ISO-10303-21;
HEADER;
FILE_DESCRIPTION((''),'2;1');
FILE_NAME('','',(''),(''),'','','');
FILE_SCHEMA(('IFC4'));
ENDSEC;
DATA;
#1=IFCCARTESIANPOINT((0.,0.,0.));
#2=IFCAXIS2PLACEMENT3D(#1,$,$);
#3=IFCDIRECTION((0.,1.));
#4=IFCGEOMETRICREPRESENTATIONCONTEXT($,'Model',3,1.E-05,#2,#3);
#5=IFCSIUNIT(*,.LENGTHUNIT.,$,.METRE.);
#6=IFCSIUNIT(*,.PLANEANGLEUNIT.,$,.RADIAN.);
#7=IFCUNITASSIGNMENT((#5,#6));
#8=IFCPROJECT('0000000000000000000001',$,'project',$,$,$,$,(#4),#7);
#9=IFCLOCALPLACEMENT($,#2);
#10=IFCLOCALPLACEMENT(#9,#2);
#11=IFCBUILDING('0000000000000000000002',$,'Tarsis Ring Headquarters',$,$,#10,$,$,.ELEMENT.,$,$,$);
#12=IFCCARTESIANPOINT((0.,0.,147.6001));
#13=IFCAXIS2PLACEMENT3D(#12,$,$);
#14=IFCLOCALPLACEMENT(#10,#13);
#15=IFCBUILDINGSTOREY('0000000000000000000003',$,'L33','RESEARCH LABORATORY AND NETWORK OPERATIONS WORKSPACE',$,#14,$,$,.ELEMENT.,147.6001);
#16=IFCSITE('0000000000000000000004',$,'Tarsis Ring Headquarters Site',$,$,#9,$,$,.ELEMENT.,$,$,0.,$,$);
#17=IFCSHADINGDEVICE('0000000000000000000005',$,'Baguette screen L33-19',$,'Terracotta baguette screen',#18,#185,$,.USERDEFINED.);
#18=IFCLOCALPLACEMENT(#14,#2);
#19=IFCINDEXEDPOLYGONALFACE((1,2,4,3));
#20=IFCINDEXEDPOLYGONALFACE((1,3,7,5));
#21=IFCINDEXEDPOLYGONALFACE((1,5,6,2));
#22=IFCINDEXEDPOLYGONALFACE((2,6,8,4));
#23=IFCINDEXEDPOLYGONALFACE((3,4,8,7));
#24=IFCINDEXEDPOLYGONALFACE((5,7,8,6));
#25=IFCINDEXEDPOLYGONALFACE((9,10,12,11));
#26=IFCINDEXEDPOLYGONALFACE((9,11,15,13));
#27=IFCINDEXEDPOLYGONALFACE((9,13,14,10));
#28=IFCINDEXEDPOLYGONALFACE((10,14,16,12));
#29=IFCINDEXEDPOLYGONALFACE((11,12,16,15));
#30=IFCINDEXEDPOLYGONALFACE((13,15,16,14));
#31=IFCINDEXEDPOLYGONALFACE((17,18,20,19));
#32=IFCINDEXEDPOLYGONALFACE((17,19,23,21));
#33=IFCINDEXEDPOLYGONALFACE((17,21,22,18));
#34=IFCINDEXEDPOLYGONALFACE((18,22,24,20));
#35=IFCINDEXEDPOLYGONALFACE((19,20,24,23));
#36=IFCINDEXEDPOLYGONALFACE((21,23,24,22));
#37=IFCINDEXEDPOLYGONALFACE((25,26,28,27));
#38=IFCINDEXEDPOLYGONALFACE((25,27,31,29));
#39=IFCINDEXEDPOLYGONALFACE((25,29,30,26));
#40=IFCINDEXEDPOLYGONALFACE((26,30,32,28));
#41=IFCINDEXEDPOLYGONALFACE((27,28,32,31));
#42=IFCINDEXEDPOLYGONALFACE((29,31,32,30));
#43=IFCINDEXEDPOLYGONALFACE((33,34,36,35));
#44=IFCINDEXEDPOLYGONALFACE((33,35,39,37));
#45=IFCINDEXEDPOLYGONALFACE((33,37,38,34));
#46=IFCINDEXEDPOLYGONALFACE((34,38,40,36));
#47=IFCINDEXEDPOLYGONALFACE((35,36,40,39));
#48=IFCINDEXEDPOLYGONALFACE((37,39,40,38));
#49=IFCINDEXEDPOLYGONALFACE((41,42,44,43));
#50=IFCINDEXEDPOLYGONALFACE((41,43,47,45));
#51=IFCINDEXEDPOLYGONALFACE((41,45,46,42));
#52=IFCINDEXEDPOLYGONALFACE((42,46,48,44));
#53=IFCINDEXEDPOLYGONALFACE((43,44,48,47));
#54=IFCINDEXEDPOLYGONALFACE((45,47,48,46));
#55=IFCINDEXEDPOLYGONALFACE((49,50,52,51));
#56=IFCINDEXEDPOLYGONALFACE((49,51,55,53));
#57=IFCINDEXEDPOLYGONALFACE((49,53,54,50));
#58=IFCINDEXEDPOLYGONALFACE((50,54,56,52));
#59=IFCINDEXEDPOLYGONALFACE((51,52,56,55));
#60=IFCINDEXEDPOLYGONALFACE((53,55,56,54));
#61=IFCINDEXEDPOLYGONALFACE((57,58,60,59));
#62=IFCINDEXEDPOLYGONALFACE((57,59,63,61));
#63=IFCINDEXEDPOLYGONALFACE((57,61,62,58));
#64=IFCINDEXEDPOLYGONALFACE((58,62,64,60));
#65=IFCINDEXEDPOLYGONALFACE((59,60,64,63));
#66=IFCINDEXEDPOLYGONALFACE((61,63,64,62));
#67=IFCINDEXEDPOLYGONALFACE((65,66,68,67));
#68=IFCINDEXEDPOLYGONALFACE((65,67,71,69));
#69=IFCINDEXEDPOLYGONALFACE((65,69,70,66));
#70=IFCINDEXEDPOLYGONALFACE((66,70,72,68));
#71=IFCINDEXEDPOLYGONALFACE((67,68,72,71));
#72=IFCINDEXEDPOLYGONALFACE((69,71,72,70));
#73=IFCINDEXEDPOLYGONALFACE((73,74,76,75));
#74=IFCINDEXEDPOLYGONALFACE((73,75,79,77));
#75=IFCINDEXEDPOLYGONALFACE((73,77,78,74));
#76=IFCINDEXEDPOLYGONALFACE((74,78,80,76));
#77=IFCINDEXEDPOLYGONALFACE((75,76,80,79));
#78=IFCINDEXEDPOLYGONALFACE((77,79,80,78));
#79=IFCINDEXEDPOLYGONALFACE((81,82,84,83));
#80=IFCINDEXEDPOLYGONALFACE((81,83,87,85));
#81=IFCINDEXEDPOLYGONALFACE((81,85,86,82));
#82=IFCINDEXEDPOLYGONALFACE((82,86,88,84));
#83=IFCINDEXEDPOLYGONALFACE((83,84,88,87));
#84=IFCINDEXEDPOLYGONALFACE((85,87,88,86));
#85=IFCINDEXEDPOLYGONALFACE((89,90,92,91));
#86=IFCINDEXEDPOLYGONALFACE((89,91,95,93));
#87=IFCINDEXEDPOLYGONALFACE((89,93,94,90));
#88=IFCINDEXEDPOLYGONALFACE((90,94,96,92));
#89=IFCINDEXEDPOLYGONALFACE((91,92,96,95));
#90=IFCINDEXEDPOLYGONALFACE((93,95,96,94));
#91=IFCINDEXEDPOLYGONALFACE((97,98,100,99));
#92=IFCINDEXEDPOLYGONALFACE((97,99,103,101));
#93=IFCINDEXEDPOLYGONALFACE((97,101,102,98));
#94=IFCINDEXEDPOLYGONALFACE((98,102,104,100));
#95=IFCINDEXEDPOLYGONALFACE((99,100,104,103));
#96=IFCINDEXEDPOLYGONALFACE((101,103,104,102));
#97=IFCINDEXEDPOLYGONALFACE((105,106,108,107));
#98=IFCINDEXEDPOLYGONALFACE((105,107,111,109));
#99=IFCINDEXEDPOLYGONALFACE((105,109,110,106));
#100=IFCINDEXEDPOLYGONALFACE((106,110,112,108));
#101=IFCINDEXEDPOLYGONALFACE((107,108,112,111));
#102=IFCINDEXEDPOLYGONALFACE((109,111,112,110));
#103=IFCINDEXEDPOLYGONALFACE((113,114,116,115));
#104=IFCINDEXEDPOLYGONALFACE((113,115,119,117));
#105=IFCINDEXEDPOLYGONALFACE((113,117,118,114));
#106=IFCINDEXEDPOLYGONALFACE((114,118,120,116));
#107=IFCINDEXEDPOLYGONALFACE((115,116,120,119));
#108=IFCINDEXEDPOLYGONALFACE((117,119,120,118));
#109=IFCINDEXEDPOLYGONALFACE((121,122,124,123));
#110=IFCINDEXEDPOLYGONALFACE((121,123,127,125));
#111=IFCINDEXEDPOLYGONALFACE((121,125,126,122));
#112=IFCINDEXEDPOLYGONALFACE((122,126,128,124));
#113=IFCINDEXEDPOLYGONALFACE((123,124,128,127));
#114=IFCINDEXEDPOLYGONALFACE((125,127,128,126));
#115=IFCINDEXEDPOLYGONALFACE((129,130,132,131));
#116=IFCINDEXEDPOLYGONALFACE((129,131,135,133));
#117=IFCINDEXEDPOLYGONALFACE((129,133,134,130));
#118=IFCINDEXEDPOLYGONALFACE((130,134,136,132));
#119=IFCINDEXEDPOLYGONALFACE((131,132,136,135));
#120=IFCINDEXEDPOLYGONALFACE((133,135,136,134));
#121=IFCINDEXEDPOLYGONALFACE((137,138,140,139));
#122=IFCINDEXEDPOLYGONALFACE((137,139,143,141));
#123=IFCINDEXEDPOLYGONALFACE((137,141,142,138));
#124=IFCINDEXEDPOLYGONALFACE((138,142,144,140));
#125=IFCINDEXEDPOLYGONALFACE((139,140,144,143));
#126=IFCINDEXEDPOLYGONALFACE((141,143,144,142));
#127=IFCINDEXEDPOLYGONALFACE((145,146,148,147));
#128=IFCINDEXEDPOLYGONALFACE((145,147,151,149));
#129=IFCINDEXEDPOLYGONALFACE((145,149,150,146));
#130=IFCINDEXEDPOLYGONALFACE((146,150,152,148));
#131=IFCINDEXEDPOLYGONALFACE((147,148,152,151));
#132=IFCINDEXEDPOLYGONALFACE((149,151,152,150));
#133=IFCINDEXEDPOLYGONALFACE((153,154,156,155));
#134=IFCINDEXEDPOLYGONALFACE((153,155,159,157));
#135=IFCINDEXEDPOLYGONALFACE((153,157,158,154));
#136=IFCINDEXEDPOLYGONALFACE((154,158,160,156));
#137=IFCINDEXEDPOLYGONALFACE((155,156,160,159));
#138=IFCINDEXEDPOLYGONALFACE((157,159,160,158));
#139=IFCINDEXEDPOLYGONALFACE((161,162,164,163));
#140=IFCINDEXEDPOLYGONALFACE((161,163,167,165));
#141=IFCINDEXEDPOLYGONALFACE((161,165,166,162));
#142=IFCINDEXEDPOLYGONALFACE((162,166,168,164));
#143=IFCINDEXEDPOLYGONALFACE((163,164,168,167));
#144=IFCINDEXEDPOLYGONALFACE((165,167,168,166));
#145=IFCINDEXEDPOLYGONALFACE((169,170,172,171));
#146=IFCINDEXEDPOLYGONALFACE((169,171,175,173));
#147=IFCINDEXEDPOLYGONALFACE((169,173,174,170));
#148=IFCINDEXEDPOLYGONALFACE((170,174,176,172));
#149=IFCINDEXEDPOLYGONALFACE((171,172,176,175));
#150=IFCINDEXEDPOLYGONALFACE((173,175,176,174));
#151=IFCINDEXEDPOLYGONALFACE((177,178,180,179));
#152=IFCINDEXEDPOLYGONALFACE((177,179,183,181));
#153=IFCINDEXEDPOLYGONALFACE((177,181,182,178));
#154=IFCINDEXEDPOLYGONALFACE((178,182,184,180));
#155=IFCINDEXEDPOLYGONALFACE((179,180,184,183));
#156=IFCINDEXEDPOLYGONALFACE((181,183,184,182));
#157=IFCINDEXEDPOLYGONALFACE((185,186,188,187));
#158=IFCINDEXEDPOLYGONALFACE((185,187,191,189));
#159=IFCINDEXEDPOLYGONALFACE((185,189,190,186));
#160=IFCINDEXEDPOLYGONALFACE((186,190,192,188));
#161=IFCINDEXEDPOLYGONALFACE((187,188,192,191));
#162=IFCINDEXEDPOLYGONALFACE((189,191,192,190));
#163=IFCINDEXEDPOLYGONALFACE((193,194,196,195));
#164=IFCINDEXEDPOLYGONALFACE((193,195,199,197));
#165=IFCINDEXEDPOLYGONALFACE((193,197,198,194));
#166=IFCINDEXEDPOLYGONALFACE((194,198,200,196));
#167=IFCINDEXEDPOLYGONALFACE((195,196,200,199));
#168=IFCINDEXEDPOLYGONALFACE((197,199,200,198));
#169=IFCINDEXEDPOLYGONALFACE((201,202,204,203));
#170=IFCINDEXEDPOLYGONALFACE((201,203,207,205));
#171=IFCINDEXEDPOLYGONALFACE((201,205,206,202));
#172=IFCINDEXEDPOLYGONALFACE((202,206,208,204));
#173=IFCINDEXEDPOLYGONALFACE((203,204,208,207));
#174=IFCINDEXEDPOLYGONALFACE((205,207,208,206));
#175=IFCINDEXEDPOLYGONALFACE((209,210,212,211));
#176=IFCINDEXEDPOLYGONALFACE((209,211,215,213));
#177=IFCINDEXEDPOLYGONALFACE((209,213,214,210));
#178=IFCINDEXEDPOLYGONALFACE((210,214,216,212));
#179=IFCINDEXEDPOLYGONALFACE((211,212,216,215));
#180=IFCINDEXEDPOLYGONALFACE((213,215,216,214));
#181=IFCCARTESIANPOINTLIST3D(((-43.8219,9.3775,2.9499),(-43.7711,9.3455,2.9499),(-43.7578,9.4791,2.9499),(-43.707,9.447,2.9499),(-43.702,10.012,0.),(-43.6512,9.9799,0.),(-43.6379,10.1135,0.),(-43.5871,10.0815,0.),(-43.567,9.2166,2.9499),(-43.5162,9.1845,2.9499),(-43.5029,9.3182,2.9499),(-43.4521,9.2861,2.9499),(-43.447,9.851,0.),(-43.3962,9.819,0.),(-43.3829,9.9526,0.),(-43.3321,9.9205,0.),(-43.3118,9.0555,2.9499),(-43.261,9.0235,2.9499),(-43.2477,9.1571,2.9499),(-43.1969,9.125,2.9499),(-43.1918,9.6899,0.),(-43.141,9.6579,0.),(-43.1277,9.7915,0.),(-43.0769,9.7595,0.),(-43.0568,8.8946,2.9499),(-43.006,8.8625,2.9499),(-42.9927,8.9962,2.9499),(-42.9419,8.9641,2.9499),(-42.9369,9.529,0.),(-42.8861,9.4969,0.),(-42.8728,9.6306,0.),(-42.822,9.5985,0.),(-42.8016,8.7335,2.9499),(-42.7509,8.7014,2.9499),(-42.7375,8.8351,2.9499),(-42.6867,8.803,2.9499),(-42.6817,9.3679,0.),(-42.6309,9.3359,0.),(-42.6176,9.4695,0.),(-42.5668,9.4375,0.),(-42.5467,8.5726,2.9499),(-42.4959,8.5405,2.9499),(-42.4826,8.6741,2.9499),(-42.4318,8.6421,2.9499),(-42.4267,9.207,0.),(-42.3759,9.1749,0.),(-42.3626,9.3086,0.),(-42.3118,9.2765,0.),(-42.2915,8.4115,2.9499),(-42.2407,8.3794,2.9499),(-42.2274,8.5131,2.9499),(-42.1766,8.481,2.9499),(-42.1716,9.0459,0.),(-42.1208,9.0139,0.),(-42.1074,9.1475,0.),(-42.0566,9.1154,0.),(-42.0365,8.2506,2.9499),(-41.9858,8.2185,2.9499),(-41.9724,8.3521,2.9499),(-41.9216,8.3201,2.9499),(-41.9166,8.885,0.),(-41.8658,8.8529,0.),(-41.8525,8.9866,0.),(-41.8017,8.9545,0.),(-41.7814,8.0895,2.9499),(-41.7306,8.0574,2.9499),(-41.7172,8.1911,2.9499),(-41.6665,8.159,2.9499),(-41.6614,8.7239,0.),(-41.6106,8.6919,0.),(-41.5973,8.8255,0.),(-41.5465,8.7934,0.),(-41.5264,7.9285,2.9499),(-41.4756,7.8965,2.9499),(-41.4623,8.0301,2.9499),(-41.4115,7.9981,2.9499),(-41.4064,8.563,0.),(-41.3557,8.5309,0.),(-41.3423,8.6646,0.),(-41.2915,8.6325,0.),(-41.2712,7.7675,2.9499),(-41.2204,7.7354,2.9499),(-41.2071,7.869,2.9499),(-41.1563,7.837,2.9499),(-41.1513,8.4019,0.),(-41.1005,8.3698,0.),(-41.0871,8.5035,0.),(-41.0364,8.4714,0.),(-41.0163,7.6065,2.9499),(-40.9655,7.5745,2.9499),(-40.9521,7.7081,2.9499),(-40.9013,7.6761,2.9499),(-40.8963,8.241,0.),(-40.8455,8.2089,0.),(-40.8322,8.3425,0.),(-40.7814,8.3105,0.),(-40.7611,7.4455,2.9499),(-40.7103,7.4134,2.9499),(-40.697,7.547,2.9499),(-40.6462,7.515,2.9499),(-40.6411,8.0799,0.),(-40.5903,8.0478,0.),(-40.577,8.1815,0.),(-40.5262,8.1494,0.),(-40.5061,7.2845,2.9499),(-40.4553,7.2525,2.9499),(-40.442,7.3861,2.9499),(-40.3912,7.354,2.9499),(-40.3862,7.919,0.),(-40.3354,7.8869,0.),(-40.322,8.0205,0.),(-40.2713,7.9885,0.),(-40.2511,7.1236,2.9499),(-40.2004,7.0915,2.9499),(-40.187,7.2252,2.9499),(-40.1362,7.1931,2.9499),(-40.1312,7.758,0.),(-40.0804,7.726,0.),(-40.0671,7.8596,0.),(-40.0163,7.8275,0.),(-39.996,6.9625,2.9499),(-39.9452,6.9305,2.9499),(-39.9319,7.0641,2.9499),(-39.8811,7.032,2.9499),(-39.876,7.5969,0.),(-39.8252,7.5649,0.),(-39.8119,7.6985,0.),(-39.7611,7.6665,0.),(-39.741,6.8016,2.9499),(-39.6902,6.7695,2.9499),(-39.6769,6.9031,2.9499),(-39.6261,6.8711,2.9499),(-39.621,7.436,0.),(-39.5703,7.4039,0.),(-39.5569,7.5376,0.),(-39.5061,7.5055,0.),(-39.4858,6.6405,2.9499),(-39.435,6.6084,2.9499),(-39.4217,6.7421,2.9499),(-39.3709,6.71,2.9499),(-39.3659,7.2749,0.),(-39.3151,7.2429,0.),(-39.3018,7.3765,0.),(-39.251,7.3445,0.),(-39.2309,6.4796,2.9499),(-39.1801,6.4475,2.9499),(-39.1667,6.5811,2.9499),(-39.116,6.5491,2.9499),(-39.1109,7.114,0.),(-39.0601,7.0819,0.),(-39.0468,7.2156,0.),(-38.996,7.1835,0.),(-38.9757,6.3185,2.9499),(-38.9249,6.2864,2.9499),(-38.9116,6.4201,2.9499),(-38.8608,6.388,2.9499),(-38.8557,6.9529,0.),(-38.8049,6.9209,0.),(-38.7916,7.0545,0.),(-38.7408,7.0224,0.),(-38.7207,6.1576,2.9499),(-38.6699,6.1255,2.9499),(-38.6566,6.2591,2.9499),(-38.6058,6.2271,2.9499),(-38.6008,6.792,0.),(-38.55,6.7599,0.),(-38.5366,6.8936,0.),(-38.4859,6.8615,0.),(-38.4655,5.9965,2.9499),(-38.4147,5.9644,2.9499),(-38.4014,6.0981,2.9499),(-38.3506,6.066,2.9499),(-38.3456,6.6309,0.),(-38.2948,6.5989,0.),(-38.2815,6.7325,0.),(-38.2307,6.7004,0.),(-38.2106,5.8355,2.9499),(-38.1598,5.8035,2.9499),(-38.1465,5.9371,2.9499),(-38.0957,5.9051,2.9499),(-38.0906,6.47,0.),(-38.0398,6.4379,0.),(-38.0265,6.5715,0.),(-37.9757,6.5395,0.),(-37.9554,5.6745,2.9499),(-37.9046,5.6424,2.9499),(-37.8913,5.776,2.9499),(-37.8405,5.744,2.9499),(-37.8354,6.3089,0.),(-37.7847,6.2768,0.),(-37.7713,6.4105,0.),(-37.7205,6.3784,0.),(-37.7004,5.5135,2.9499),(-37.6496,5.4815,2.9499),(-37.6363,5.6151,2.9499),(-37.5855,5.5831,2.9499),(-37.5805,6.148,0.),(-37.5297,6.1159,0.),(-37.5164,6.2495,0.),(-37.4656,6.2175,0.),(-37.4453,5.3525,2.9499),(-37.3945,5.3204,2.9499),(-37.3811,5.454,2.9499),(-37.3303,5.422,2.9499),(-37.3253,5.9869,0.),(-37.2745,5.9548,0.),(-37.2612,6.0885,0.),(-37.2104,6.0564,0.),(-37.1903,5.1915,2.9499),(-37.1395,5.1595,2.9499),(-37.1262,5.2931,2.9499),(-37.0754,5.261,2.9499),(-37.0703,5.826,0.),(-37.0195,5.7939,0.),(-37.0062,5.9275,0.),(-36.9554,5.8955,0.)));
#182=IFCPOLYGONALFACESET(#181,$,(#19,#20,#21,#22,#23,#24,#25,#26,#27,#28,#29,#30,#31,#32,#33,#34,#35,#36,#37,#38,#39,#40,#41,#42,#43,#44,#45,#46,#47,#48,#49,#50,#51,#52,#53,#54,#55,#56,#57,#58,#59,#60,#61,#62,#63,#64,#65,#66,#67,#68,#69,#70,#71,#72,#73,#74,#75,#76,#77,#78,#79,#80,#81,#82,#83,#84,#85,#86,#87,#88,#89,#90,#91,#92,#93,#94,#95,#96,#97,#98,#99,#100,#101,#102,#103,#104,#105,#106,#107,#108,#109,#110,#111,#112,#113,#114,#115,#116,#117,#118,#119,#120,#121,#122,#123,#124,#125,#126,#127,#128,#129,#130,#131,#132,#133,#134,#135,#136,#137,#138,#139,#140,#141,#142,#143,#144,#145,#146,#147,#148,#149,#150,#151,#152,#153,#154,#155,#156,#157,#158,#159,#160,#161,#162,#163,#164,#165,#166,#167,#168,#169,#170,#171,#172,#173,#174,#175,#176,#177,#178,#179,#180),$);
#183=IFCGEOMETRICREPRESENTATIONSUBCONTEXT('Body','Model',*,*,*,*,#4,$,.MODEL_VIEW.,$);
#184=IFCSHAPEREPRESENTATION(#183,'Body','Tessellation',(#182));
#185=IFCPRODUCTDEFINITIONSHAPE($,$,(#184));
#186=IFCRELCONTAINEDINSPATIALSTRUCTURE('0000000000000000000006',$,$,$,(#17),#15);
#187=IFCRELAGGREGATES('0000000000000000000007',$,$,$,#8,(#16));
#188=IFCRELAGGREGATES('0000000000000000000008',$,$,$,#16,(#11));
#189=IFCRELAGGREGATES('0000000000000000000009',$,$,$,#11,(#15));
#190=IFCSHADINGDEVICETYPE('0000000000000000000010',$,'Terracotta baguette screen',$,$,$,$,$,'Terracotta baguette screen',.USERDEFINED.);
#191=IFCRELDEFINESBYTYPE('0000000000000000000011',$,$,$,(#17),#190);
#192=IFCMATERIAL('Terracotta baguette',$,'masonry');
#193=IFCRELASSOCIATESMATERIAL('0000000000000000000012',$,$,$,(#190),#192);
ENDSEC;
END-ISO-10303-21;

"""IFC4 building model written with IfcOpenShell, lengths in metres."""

from ifc_helpers import new_model, si_unit, direction, frame, frame_2d, origin, place, context, subcontext, project, spatial, rectangle, composite_profile, extrude, material, type_object, element, save


model = new_model("IFC4")

# Units and contexts
model_context = context("Model", 3, precision=1e-05, world=origin(), true_north=direction((0.0, 1.0)))
body_context = subcontext(model_context, "Body", "Model", "MODEL_VIEW")
ifc_project = project(units=[si_unit("LENGTHUNIT", "METRE"), si_unit("PLANEANGLEUNIT", "RADIAN")], contexts=[model_context])

# Site, building, storey
site_placement = place(None, origin())
site = spatial("IfcSite", under=ifc_project, at=site_placement, Name="Tarsis Ring Headquarters Site", CompositionType="ELEMENT", RefElevation=0.0)
building_placement = place(site_placement, origin())
building = spatial("IfcBuilding", under=site, at=building_placement, Name="Tarsis Ring Headquarters", CompositionType="ELEMENT")
storey_placement = place(building_placement, frame((0.0, 0.0, 147.6001)))
storey = spatial("IfcBuildingStorey", under=building, at=storey_placement, Name="L33", Description="RESEARCH LABORATORY AND NETWORK OPERATIONS WORKSPACE", CompositionType="ELEMENT", Elevation=147.6001)

# Shading device
ifc_material_1 = material(Name="Terracotta baguette", Category="masonry")
shading_device_type_1 = type_object("IfcShadingDeviceType", Name="Terracotta baguette screen", ElementType="Terracotta baguette screen", PredefinedType="USERDEFINED", material=ifc_material_1)
shading_device_1_placement = place(storey_placement, frame((-43.6699, 10.0627, 0.0), z_axis=(0.0, 0.0, 1.0), x_axis=(0.845619, -0.533768, 0.0)))
element("IfcShadingDevice", 1, at=shading_device_1_placement, inside=storey, type_object=shading_device_type_1, Name="Baguette screen L33-19", ObjectType="Terracotta baguette screen", PredefinedType="USERDEFINED", context=body_context, shape_type="SweptSolid", body=[
    extrude(composite_profile([rectangle(XDim=0.0601, YDim=0.1201, at=frame_2d((0.03, 0.0))), rectangle(XDim=0.0601, YDim=0.1201, at=frame_2d((0.3315, 0.0))), rectangle(XDim=0.0601, YDim=0.1201, at=frame_2d((0.6333, 0.0))), rectangle(XDim=0.0601, YDim=0.1201, at=frame_2d((0.9348, 0.0))), rectangle(XDim=0.0601, YDim=0.1201, at=frame_2d((1.2366, 0.0))), rectangle(XDim=0.0601, YDim=0.1201, at=frame_2d((1.5381, 0.0))), rectangle(XDim=0.0601, YDim=0.1201, at=frame_2d((1.8398, 0.0))), rectangle(XDim=0.0601, YDim=0.1201, at=frame_2d((2.1414, 0.0))), rectangle(XDim=0.0601, YDim=0.1201, at=frame_2d((2.4431, 0.0))), rectangle(XDim=0.0601, YDim=0.1201, at=frame_2d((2.7446, 0.0))), rectangle(XDim=0.0601, YDim=0.1201, at=frame_2d((3.0464, 0.0))), rectangle(XDim=0.0601, YDim=0.1201, at=frame_2d((3.3479, 0.0))), rectangle(XDim=0.0601, YDim=0.1201, at=frame_2d((3.6497, 0.0))), rectangle(XDim=0.0601, YDim=0.1201, at=frame_2d((3.9512, 0.0))), rectangle(XDim=0.0601, YDim=0.1201, at=frame_2d((4.2527, 0.0))), rectangle(XDim=0.0601, YDim=0.1201, at=frame_2d((4.5544, 0.0))), rectangle(XDim=0.0601, YDim=0.1201, at=frame_2d((4.856, 0.0))), rectangle(XDim=0.0601, YDim=0.1201, at=frame_2d((5.1577, 0.0))), rectangle(XDim=0.0601, YDim=0.1201, at=frame_2d((5.4592, 0.0))), rectangle(XDim=0.0601, YDim=0.1201, at=frame_2d((5.761, 0.0))), rectangle(XDim=0.0601, YDim=0.1201, at=frame_2d((6.0625, 0.0))), rectangle(XDim=0.0601, YDim=0.1201, at=frame_2d((6.3643, 0.0))), rectangle(XDim=0.0601, YDim=0.1201, at=frame_2d((6.6658, 0.0))), rectangle(XDim=0.0601, YDim=0.1201, at=frame_2d((6.9675, 0.0))), rectangle(XDim=0.0601, YDim=0.1201, at=frame_2d((7.269, 0.0))), rectangle(XDim=0.0601, YDim=0.1201, at=frame_2d((7.5708, 0.0))), rectangle(XDim=0.0601, YDim=0.1201, at=frame_2d((7.8723, 0.0)))]), origin(), (0.07855, -0.198863, 0.976874), 3.0198),
])

save(model, "model.ifc")
